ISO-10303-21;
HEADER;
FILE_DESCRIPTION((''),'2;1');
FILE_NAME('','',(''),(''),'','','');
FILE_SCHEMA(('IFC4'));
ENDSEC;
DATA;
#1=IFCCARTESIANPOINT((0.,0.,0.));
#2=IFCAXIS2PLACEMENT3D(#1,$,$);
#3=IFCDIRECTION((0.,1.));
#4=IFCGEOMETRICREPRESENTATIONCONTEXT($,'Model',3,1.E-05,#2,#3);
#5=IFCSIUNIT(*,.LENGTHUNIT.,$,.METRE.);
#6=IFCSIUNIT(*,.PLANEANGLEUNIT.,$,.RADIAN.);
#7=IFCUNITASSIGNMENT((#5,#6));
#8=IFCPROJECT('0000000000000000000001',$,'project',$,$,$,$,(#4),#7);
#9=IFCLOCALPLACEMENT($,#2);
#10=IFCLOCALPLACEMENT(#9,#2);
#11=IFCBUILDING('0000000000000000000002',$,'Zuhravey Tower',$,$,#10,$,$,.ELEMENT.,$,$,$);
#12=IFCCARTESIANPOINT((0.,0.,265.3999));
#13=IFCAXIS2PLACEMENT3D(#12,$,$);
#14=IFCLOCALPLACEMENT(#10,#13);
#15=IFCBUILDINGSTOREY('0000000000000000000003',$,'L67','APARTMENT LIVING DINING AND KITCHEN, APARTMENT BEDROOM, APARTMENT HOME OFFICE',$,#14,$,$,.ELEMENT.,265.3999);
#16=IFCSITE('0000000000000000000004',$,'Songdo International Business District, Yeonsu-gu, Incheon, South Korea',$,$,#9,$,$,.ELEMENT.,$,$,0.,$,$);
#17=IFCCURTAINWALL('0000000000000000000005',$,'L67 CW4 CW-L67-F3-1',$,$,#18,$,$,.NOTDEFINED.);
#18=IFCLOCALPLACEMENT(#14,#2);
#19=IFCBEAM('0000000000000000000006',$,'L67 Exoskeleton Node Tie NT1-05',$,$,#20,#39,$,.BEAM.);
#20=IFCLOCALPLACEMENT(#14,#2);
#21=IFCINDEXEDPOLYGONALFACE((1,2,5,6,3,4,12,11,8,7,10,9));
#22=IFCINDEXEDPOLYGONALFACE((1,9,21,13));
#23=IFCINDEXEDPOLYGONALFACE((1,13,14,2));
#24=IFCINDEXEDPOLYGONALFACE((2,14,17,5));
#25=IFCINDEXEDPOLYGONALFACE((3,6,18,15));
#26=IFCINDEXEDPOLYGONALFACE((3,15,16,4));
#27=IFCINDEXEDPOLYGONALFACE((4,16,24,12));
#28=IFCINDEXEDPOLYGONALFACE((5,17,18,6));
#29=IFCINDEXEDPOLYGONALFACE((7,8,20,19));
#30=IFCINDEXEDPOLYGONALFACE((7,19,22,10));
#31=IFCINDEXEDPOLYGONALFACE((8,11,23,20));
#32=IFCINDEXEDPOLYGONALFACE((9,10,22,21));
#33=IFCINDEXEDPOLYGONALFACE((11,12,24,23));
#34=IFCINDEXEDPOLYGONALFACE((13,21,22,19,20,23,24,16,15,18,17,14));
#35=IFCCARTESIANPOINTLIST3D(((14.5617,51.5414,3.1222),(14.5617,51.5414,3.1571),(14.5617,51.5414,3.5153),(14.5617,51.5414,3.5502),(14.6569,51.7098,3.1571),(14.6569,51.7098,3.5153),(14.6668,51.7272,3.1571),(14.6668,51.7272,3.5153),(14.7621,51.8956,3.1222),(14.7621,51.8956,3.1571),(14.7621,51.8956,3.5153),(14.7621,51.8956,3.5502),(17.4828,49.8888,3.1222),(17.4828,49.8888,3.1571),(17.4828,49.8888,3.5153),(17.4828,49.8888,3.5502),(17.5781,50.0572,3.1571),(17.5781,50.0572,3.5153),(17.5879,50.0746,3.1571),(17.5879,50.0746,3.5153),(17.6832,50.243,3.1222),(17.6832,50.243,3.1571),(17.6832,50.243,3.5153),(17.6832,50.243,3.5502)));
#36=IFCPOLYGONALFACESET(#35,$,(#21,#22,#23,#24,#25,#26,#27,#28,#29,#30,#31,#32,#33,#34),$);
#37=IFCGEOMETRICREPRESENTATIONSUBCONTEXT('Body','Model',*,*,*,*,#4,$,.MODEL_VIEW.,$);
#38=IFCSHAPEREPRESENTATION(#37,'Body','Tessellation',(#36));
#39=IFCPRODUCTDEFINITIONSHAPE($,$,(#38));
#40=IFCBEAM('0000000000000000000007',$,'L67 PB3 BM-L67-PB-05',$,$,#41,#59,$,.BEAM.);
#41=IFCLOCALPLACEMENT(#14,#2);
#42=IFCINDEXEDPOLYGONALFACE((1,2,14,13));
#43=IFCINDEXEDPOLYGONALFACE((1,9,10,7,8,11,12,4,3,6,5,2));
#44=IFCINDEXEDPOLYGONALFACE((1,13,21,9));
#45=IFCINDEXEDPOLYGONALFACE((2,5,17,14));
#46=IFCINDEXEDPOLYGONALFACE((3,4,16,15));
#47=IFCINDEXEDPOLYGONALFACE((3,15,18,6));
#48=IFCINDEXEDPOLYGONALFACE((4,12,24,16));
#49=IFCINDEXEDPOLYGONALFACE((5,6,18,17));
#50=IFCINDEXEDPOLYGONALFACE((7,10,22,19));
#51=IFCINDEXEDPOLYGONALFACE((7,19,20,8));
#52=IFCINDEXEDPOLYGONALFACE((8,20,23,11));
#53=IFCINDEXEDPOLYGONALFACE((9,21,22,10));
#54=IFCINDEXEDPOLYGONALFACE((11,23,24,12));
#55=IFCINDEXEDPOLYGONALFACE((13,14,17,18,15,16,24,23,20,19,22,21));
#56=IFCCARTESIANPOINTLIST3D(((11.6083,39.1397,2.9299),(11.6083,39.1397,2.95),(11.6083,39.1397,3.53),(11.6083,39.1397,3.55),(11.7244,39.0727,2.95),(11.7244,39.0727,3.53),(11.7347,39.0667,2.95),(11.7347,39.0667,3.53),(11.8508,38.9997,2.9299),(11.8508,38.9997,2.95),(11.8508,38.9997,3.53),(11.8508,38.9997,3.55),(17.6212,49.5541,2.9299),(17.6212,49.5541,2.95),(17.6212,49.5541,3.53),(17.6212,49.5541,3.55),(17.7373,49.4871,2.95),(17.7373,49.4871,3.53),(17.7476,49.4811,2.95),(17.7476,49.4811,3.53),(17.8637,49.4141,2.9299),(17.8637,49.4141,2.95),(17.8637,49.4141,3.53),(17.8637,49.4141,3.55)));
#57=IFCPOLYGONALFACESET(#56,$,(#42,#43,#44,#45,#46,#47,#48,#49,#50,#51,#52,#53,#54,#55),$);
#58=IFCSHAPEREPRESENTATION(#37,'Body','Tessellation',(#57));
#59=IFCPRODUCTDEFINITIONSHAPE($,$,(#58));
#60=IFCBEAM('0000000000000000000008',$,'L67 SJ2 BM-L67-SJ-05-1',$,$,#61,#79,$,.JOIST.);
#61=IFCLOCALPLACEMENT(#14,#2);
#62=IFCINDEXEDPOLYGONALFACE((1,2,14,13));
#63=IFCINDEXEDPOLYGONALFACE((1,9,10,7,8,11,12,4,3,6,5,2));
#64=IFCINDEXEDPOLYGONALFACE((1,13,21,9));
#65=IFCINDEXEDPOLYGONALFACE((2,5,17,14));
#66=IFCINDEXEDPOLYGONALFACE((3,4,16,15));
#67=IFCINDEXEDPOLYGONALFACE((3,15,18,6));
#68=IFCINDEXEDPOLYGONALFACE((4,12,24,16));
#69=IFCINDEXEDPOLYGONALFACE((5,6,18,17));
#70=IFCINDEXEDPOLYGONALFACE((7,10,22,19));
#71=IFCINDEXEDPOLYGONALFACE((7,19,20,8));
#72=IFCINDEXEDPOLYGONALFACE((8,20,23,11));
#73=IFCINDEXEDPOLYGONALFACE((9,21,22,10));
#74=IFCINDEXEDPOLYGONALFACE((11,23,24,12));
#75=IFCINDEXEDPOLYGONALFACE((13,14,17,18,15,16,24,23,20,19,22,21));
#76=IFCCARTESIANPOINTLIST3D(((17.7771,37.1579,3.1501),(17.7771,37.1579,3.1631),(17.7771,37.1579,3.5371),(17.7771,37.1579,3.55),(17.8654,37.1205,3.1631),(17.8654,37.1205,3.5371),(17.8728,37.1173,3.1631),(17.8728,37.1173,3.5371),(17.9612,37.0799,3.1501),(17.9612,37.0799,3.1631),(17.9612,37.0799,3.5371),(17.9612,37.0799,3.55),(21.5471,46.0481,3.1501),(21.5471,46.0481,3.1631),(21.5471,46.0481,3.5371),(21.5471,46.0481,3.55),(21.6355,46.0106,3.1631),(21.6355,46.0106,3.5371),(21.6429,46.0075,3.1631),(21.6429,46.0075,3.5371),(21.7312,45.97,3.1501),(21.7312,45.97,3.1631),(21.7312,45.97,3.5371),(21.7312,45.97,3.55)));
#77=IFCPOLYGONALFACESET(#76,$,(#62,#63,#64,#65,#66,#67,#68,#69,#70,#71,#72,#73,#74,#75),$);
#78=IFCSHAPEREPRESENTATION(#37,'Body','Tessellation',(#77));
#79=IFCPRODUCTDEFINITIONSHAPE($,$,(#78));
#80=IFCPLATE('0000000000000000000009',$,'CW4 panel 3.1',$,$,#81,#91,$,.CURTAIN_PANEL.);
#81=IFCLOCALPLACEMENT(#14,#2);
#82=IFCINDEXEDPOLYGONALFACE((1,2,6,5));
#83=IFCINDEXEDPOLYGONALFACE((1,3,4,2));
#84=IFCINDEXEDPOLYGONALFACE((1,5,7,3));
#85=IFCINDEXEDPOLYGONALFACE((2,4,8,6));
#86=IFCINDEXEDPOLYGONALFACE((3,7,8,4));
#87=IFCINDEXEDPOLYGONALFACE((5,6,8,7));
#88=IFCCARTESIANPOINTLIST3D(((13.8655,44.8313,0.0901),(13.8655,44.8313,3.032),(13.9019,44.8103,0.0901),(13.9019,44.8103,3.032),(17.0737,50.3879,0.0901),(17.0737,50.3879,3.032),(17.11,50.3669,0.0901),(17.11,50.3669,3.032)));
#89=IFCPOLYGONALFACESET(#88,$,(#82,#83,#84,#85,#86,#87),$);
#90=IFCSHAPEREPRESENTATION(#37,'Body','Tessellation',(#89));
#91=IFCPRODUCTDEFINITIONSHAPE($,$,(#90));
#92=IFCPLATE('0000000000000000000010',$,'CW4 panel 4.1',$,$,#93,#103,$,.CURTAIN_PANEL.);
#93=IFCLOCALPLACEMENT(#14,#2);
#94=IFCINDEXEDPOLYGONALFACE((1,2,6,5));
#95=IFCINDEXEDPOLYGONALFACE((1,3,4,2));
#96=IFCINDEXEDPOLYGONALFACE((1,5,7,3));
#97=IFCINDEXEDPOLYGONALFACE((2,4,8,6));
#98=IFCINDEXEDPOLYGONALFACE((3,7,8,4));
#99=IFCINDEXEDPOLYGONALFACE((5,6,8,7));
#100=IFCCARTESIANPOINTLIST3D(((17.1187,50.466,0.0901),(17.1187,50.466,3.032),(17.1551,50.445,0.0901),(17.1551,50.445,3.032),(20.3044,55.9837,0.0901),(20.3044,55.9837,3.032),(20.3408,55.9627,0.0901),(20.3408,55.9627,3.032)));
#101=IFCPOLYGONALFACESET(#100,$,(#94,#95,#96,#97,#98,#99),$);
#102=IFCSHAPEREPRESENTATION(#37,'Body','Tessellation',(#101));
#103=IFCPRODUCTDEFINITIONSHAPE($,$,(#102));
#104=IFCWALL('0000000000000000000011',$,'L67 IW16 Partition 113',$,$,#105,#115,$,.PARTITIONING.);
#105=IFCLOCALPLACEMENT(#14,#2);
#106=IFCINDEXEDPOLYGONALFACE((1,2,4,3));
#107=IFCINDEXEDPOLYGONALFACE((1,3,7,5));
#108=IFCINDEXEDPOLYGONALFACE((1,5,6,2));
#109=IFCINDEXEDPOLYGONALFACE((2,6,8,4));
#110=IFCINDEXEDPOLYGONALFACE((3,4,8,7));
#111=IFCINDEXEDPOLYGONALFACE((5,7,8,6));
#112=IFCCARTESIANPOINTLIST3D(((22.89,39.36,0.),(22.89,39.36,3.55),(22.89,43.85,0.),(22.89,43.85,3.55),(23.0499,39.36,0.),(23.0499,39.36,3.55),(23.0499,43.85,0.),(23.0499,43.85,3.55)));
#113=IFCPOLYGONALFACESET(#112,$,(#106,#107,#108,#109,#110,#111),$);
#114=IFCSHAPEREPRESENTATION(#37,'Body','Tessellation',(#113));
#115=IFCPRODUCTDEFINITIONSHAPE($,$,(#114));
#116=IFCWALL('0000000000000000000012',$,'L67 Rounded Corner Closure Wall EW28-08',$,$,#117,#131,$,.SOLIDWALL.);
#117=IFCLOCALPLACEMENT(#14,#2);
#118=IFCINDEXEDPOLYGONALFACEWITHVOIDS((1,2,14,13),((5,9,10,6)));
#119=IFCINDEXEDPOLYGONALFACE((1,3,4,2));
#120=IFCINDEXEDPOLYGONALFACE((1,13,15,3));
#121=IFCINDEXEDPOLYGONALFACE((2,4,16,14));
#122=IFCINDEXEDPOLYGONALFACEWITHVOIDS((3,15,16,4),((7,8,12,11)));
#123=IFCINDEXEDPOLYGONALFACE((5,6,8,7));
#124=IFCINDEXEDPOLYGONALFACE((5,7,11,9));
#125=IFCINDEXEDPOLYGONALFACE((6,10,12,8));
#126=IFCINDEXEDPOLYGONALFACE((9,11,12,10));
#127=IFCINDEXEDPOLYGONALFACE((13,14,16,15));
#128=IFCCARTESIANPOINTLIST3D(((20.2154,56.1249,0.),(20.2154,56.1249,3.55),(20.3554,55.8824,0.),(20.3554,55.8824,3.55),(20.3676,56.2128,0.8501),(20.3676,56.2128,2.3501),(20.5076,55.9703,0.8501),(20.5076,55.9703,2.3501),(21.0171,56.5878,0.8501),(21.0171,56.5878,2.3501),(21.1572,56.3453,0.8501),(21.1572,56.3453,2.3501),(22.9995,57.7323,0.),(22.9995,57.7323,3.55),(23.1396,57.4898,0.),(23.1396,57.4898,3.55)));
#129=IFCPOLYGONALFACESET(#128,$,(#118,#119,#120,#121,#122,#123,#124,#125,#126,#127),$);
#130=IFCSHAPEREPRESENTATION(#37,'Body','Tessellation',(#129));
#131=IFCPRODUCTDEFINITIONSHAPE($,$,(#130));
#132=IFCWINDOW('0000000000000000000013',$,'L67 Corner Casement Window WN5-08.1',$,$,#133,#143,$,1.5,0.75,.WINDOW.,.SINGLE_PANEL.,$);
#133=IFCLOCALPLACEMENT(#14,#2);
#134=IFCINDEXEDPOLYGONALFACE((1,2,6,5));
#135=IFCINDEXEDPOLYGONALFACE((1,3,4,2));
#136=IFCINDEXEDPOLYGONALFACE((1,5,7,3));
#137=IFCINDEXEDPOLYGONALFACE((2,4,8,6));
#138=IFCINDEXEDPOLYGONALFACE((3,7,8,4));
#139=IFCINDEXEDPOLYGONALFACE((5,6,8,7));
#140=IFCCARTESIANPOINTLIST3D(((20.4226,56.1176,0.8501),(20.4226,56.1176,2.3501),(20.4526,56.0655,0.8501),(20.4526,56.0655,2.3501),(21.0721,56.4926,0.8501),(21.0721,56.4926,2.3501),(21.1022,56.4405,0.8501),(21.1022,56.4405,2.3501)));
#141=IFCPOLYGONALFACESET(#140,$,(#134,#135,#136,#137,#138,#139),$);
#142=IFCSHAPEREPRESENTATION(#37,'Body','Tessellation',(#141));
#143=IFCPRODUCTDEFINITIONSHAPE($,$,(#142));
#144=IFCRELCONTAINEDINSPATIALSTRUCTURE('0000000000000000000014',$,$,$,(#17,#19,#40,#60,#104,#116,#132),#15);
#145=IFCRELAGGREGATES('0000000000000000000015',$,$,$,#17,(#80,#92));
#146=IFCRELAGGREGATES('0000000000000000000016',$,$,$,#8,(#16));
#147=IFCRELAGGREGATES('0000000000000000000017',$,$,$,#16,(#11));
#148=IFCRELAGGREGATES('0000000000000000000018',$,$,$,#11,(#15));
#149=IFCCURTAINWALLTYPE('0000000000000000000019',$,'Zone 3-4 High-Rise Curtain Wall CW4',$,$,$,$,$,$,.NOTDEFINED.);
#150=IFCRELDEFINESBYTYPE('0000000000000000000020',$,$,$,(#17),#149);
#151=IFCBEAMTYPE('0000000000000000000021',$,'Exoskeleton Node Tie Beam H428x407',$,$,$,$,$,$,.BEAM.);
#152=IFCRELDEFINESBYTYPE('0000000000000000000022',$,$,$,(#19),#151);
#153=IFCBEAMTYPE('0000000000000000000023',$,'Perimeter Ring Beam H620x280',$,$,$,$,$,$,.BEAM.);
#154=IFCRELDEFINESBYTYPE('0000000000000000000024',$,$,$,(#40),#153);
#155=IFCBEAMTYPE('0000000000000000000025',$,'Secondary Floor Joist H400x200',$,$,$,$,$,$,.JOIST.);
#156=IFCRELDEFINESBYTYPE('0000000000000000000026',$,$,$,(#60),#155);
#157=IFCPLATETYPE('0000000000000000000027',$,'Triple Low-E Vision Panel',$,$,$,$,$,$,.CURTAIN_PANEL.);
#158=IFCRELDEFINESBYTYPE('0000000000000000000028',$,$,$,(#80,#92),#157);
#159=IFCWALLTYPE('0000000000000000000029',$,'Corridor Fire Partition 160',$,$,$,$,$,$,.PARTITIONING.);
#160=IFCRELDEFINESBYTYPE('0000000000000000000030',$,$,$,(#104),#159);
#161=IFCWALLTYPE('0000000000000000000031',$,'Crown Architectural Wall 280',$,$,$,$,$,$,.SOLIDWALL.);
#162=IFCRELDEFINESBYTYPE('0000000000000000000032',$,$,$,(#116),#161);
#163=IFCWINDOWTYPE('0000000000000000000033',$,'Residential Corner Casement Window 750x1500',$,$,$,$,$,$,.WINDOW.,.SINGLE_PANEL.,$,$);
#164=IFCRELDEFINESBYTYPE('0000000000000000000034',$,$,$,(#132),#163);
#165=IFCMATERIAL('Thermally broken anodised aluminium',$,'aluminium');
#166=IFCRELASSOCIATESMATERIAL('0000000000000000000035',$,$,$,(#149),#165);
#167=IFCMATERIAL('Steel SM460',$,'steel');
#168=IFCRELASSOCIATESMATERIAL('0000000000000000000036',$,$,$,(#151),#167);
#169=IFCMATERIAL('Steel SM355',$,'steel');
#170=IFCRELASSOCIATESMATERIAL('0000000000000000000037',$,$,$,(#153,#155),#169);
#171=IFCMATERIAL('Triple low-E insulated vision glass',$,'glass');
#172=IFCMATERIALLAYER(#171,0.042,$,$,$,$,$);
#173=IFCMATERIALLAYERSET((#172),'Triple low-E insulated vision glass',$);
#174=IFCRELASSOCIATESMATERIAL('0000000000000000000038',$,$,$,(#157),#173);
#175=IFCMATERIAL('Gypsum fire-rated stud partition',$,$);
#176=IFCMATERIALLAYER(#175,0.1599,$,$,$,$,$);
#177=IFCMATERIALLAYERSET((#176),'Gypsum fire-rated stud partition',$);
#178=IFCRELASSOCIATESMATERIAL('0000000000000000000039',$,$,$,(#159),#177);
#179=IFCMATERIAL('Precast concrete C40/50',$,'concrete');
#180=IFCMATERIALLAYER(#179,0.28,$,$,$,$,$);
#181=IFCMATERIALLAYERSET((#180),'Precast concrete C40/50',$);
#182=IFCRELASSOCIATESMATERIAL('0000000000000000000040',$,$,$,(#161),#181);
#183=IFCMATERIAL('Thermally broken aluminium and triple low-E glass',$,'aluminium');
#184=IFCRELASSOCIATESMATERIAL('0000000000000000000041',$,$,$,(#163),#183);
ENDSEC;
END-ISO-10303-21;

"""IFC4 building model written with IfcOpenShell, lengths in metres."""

from ifc_helpers import new_model, si_unit, direction, frame, frame_2d, origin, origin_2d, place, context, subcontext, project, spatial, rectangle, i_section, extrude, material, layer, layer_set, material_profile, profile_set, type_object, element, fill, aggregate, save


model = new_model("IFC4")

# Units and contexts
model_context = context("Model", 3, precision=1e-05, world=origin(), true_north=direction((0.0, 1.0)))
body_context = subcontext(model_context, "Body", "Model", "MODEL_VIEW")
ifc_project = project(units=[si_unit("LENGTHUNIT", "METRE"), si_unit("PLANEANGLEUNIT", "RADIAN")], contexts=[model_context])

# Site, building, storey
site_placement = place(None, origin())
site = spatial("IfcSite", under=ifc_project, at=site_placement, Name="Songdo International Business District, Yeonsu-gu, Incheon, South Korea", CompositionType="ELEMENT", RefElevation=0.0)
building_placement = place(site_placement, origin())
building = spatial("IfcBuilding", under=site, at=building_placement, Name="Zuhravey Tower", CompositionType="ELEMENT")
storey_placement = place(building_placement, frame((0.0, 0.0, 265.3999)))
storey = spatial("IfcBuildingStorey", under=building, at=storey_placement, Name="L67", Description="APARTMENT LIVING DINING AND KITCHEN, APARTMENT BEDROOM, APARTMENT HOME OFFICE", CompositionType="ELEMENT", Elevation=265.3999)

# Curtain wall
ifc_material_1 = material(Name="Thermally broken anodised aluminium", Category="aluminium")
curtain_wall_type = type_object("IfcCurtainWallType", Name="Zone 3-4 High-Rise Curtain Wall CW4", PredefinedType="NOTDEFINED", material=ifc_material_1)
curtain_wall_1_placement = place(storey_placement, origin())
curtain_wall_1 = element("IfcCurtainWall", 1, at=curtain_wall_1_placement, inside=storey, type_object=curtain_wall_type, Name="L67 CW4 CW-L67-F3-1", PredefinedType="NOTDEFINED")

# Beams
ifc_material_2 = material(Name="Steel SM460", Category="steel")
ifc_material_profile_1 = material_profile(ifc_material_2, i_section(OverallWidth=0.407, OverallDepth=0.428, WebThickness=0.02, FlangeThickness=0.0349, at=origin_2d()), Name="H-428x407x20x35")
ifc_profile_set_1 = profile_set([ifc_material_profile_1], Name="Steel SM460")
beam_type_1 = type_object("IfcBeamType", Name="Exoskeleton Node Tie Beam H428x407", PredefinedType="BEAM", material=ifc_profile_set_1)
beam_1_placement = place(storey_placement, frame((17.583, 50.0659, 3.3362), z_axis=(-0.87037, 0.492398, 0.0), x_axis=(-0.492398, -0.87037, 0.0)))
element("IfcBeam", 2, at=beam_1_placement, inside=storey, type_object=beam_type_1, Name="L67 Exoskeleton Node Tie NT1-05", PredefinedType="BEAM", context=body_context, shape_type="SweptSolid", body=[
    extrude(i_section(OverallWidth=0.407, OverallDepth=0.428, WebThickness=0.02, FlangeThickness=0.0349, at=origin_2d()), origin(), (0.0, 0.0, 1.0), 3.3562),
])
ifc_material_3 = material(Name="Steel SM355", Category="steel")
ifc_material_profile_2 = material_profile(ifc_material_3, i_section(OverallWidth=0.28, OverallDepth=0.6201, WebThickness=0.012, FlangeThickness=0.02, at=origin_2d()), Name="H-620x280x12x20")
ifc_profile_set_2 = profile_set([ifc_material_profile_2], Name="Steel SM355")
beam_type_2 = type_object("IfcBeamType", Name="Perimeter Ring Beam H620x280", PredefinedType="BEAM", material=ifc_profile_set_2)
beam_2_placement = place(storey_placement, frame((17.7424, 49.4841, 3.24), z_axis=(-0.500006, -0.866022, 0.0), x_axis=(0.866022, -0.500006, 0.0)))
element("IfcBeam", 3, at=beam_2_placement, inside=storey, type_object=beam_type_2, Name="L67 PB3 BM-L67-PB-05", PredefinedType="BEAM", context=body_context, shape_type="SweptSolid", body=[
    extrude(i_section(OverallWidth=0.28, OverallDepth=0.6201, WebThickness=0.012, FlangeThickness=0.02, at=origin_2d()), origin(), (0.0, 0.0, 1.0), 12.0256),
])
ifc_material_profile_3 = material_profile(ifc_material_3, i_section(OverallWidth=0.2, OverallDepth=0.3999, WebThickness=0.0081, FlangeThickness=0.0129, at=origin_2d()), Name="H-400x200x8x13")
ifc_profile_set_3 = profile_set([ifc_material_profile_3], Name="Steel SM355")
beam_type_3 = type_object("IfcBeamType", Name="Secondary Floor Joist H400x200", PredefinedType="JOIST", material=ifc_profile_set_3)
beam_3_placement = place(storey_placement, frame((21.6392, 46.009, 3.3501), z_axis=(-0.390413, -0.92064, 0.0), x_axis=(0.92064, -0.390413, 0.0)))
element("IfcBeam", 4, at=beam_3_placement, inside=storey, type_object=beam_type_3, Name="L67 SJ2 BM-L67-SJ-05-1", PredefinedType="JOIST", context=body_context, shape_type="SweptSolid", body=[
    extrude(i_section(OverallWidth=0.2, OverallDepth=0.3999, WebThickness=0.0081, FlangeThickness=0.0129, at=origin_2d()), origin(), (0.0, 0.0, 1.0), 9.6565),
])

# Plates
ifc_material_4 = material(Name="Triple low-E insulated vision glass", Category="glass")
ifc_layer_1 = layer(ifc_material_4, 0.042)
ifc_layer_set_1 = layer_set([ifc_layer_1], Name="Triple low-E insulated vision glass")
plate_type = type_object("IfcPlateType", Name="Triple Low-E Vision Panel", PredefinedType="CURTAIN_PANEL", material=ifc_layer_set_1)
plate_1_placement = place(storey_placement, frame((15.4878, 47.5991, 0.0901), z_axis=(0.0, 0.0, 1.0), x_axis=(0.500001, 0.866025, 0.0)))
plate_1 = element("IfcPlate", 5, at=plate_1_placement, type_object=plate_type, Name="CW4 panel 3.1", PredefinedType="CURTAIN_PANEL", context=body_context, shape_type="SweptSolid", body=[
    extrude(rectangle(XDim=6.4163, YDim=0.042, at=origin_2d()), origin(), (0.0, 0.0, 1.0), 2.9419),
])
plate_2_placement = place(storey_placement, frame((18.7297, 53.2144, 0.0901), z_axis=(0.0, 0.0, 1.0), x_axis=(0.500001, 0.866025, 0.0)))
plate_2 = element("IfcPlate", 6, at=plate_2_placement, type_object=plate_type, Name="CW4 panel 4.1", PredefinedType="CURTAIN_PANEL", context=body_context, shape_type="SweptSolid", body=[
    extrude(rectangle(XDim=6.3713, YDim=0.042, at=origin_2d()), origin(), (0.0, 0.0, 1.0), 2.9419),
])
aggregate(curtain_wall_1, [plate_1, plate_2])

# Wall
ifc_material_5 = material(Name="Gypsum fire-rated stud partition")
ifc_layer_2 = layer(ifc_material_5, 0.1599)
ifc_layer_set_2 = layer_set([ifc_layer_2], Name="Gypsum fire-rated stud partition")
wall_type_1 = type_object("IfcWallType", Name="Corridor Fire Partition 160", PredefinedType="PARTITIONING", material=ifc_layer_set_2)
wall_1_placement = place(storey_placement, frame((22.97, 43.8501, 0.0), z_axis=(0.0, 0.0, 1.0), x_axis=(0.0, -1.0, 0.0)))
element("IfcWall", 7, at=wall_1_placement, inside=storey, type_object=wall_type_1, Name="L67 IW16 Partition 113", PredefinedType="PARTITIONING", context=body_context, shape_type="SweptSolid", body=[
    extrude(rectangle(XDim=4.49, YDim=0.1599, at=frame_2d((2.2451, 0.0))), origin(), (0.0, 0.0, 1.0), 3.55),
])

# Wall, opening, window
ifc_material_6 = material(Name="Precast concrete C40/50", Category="concrete")
ifc_layer_3 = layer(ifc_material_6, 0.28)
ifc_layer_set_3 = layer_set([ifc_layer_3], Name="Precast concrete C40/50")
wall_type_2 = type_object("IfcWallType", Name="Crown Architectural Wall 280", PredefinedType="SOLIDWALL", material=ifc_layer_set_3)
wall_2_placement = place(storey_placement, frame((20.2854, 56.0037, 0.0), z_axis=(0.0, 0.0, 1.0), x_axis=(0.866029, 0.499994, 0.0)))
wall_2 = element("IfcWall", 8, at=wall_2_placement, inside=storey, type_object=wall_type_2, Name="L67 Rounded Corner Closure Wall EW28-08", PredefinedType="SOLIDWALL", context=body_context, shape_type="SweptSolid", body=[
    extrude(rectangle(XDim=3.2148, YDim=0.28, at=frame_2d((1.6074, 0.0))), origin(), (0.0, 0.0, 1.0), 3.55),
])
opening_1_placement = place(wall_2_placement, frame((0.1758, 0.0, 0.8501)))
opening_1 = element("IfcOpeningElement", 9, at=opening_1_placement, cuts=wall_2, PredefinedType="OPENING", context=body_context, shape_type="SweptSolid", body=[
    extrude(rectangle(XDim=0.75, YDim=1.5, at=frame_2d((0.375, 0.75))), frame((0.0, 0.1521, 0.0), z_axis=(0.0, -1.0, 0.0), x_axis=(1.0, 0.0, 0.0)), (0.0, 0.0, 1.0), 0.304),
])
ifc_material_7 = material(Name="Thermally broken aluminium and triple low-E glass", Category="aluminium")
window_type = type_object("IfcWindowType", Name="Residential Corner Casement Window 750x1500", PartitioningType="SINGLE_PANEL", PredefinedType="WINDOW", material=ifc_material_7)
window_placement = place(opening_1_placement, origin())
window = element("IfcWindow", 10, at=window_placement, inside=storey, type_object=window_type, Name="L67 Corner Casement Window WN5-08.1", OverallHeight=1.5, OverallWidth=0.75, PartitioningType="SINGLE_PANEL", PredefinedType="WINDOW", context=body_context, shape_type="SweptSolid", body=[
    extrude(rectangle(XDim=0.75, YDim=1.5, at=frame_2d((0.375, 0.75))), frame((0.0, 0.03, 0.0), z_axis=(0.0, -1.0, 0.0), x_axis=(1.0, 0.0, 0.0)), (0.0, 0.0, 1.0), 0.0601),
])
fill(opening_1, window)

save(model, "model.ifc")
